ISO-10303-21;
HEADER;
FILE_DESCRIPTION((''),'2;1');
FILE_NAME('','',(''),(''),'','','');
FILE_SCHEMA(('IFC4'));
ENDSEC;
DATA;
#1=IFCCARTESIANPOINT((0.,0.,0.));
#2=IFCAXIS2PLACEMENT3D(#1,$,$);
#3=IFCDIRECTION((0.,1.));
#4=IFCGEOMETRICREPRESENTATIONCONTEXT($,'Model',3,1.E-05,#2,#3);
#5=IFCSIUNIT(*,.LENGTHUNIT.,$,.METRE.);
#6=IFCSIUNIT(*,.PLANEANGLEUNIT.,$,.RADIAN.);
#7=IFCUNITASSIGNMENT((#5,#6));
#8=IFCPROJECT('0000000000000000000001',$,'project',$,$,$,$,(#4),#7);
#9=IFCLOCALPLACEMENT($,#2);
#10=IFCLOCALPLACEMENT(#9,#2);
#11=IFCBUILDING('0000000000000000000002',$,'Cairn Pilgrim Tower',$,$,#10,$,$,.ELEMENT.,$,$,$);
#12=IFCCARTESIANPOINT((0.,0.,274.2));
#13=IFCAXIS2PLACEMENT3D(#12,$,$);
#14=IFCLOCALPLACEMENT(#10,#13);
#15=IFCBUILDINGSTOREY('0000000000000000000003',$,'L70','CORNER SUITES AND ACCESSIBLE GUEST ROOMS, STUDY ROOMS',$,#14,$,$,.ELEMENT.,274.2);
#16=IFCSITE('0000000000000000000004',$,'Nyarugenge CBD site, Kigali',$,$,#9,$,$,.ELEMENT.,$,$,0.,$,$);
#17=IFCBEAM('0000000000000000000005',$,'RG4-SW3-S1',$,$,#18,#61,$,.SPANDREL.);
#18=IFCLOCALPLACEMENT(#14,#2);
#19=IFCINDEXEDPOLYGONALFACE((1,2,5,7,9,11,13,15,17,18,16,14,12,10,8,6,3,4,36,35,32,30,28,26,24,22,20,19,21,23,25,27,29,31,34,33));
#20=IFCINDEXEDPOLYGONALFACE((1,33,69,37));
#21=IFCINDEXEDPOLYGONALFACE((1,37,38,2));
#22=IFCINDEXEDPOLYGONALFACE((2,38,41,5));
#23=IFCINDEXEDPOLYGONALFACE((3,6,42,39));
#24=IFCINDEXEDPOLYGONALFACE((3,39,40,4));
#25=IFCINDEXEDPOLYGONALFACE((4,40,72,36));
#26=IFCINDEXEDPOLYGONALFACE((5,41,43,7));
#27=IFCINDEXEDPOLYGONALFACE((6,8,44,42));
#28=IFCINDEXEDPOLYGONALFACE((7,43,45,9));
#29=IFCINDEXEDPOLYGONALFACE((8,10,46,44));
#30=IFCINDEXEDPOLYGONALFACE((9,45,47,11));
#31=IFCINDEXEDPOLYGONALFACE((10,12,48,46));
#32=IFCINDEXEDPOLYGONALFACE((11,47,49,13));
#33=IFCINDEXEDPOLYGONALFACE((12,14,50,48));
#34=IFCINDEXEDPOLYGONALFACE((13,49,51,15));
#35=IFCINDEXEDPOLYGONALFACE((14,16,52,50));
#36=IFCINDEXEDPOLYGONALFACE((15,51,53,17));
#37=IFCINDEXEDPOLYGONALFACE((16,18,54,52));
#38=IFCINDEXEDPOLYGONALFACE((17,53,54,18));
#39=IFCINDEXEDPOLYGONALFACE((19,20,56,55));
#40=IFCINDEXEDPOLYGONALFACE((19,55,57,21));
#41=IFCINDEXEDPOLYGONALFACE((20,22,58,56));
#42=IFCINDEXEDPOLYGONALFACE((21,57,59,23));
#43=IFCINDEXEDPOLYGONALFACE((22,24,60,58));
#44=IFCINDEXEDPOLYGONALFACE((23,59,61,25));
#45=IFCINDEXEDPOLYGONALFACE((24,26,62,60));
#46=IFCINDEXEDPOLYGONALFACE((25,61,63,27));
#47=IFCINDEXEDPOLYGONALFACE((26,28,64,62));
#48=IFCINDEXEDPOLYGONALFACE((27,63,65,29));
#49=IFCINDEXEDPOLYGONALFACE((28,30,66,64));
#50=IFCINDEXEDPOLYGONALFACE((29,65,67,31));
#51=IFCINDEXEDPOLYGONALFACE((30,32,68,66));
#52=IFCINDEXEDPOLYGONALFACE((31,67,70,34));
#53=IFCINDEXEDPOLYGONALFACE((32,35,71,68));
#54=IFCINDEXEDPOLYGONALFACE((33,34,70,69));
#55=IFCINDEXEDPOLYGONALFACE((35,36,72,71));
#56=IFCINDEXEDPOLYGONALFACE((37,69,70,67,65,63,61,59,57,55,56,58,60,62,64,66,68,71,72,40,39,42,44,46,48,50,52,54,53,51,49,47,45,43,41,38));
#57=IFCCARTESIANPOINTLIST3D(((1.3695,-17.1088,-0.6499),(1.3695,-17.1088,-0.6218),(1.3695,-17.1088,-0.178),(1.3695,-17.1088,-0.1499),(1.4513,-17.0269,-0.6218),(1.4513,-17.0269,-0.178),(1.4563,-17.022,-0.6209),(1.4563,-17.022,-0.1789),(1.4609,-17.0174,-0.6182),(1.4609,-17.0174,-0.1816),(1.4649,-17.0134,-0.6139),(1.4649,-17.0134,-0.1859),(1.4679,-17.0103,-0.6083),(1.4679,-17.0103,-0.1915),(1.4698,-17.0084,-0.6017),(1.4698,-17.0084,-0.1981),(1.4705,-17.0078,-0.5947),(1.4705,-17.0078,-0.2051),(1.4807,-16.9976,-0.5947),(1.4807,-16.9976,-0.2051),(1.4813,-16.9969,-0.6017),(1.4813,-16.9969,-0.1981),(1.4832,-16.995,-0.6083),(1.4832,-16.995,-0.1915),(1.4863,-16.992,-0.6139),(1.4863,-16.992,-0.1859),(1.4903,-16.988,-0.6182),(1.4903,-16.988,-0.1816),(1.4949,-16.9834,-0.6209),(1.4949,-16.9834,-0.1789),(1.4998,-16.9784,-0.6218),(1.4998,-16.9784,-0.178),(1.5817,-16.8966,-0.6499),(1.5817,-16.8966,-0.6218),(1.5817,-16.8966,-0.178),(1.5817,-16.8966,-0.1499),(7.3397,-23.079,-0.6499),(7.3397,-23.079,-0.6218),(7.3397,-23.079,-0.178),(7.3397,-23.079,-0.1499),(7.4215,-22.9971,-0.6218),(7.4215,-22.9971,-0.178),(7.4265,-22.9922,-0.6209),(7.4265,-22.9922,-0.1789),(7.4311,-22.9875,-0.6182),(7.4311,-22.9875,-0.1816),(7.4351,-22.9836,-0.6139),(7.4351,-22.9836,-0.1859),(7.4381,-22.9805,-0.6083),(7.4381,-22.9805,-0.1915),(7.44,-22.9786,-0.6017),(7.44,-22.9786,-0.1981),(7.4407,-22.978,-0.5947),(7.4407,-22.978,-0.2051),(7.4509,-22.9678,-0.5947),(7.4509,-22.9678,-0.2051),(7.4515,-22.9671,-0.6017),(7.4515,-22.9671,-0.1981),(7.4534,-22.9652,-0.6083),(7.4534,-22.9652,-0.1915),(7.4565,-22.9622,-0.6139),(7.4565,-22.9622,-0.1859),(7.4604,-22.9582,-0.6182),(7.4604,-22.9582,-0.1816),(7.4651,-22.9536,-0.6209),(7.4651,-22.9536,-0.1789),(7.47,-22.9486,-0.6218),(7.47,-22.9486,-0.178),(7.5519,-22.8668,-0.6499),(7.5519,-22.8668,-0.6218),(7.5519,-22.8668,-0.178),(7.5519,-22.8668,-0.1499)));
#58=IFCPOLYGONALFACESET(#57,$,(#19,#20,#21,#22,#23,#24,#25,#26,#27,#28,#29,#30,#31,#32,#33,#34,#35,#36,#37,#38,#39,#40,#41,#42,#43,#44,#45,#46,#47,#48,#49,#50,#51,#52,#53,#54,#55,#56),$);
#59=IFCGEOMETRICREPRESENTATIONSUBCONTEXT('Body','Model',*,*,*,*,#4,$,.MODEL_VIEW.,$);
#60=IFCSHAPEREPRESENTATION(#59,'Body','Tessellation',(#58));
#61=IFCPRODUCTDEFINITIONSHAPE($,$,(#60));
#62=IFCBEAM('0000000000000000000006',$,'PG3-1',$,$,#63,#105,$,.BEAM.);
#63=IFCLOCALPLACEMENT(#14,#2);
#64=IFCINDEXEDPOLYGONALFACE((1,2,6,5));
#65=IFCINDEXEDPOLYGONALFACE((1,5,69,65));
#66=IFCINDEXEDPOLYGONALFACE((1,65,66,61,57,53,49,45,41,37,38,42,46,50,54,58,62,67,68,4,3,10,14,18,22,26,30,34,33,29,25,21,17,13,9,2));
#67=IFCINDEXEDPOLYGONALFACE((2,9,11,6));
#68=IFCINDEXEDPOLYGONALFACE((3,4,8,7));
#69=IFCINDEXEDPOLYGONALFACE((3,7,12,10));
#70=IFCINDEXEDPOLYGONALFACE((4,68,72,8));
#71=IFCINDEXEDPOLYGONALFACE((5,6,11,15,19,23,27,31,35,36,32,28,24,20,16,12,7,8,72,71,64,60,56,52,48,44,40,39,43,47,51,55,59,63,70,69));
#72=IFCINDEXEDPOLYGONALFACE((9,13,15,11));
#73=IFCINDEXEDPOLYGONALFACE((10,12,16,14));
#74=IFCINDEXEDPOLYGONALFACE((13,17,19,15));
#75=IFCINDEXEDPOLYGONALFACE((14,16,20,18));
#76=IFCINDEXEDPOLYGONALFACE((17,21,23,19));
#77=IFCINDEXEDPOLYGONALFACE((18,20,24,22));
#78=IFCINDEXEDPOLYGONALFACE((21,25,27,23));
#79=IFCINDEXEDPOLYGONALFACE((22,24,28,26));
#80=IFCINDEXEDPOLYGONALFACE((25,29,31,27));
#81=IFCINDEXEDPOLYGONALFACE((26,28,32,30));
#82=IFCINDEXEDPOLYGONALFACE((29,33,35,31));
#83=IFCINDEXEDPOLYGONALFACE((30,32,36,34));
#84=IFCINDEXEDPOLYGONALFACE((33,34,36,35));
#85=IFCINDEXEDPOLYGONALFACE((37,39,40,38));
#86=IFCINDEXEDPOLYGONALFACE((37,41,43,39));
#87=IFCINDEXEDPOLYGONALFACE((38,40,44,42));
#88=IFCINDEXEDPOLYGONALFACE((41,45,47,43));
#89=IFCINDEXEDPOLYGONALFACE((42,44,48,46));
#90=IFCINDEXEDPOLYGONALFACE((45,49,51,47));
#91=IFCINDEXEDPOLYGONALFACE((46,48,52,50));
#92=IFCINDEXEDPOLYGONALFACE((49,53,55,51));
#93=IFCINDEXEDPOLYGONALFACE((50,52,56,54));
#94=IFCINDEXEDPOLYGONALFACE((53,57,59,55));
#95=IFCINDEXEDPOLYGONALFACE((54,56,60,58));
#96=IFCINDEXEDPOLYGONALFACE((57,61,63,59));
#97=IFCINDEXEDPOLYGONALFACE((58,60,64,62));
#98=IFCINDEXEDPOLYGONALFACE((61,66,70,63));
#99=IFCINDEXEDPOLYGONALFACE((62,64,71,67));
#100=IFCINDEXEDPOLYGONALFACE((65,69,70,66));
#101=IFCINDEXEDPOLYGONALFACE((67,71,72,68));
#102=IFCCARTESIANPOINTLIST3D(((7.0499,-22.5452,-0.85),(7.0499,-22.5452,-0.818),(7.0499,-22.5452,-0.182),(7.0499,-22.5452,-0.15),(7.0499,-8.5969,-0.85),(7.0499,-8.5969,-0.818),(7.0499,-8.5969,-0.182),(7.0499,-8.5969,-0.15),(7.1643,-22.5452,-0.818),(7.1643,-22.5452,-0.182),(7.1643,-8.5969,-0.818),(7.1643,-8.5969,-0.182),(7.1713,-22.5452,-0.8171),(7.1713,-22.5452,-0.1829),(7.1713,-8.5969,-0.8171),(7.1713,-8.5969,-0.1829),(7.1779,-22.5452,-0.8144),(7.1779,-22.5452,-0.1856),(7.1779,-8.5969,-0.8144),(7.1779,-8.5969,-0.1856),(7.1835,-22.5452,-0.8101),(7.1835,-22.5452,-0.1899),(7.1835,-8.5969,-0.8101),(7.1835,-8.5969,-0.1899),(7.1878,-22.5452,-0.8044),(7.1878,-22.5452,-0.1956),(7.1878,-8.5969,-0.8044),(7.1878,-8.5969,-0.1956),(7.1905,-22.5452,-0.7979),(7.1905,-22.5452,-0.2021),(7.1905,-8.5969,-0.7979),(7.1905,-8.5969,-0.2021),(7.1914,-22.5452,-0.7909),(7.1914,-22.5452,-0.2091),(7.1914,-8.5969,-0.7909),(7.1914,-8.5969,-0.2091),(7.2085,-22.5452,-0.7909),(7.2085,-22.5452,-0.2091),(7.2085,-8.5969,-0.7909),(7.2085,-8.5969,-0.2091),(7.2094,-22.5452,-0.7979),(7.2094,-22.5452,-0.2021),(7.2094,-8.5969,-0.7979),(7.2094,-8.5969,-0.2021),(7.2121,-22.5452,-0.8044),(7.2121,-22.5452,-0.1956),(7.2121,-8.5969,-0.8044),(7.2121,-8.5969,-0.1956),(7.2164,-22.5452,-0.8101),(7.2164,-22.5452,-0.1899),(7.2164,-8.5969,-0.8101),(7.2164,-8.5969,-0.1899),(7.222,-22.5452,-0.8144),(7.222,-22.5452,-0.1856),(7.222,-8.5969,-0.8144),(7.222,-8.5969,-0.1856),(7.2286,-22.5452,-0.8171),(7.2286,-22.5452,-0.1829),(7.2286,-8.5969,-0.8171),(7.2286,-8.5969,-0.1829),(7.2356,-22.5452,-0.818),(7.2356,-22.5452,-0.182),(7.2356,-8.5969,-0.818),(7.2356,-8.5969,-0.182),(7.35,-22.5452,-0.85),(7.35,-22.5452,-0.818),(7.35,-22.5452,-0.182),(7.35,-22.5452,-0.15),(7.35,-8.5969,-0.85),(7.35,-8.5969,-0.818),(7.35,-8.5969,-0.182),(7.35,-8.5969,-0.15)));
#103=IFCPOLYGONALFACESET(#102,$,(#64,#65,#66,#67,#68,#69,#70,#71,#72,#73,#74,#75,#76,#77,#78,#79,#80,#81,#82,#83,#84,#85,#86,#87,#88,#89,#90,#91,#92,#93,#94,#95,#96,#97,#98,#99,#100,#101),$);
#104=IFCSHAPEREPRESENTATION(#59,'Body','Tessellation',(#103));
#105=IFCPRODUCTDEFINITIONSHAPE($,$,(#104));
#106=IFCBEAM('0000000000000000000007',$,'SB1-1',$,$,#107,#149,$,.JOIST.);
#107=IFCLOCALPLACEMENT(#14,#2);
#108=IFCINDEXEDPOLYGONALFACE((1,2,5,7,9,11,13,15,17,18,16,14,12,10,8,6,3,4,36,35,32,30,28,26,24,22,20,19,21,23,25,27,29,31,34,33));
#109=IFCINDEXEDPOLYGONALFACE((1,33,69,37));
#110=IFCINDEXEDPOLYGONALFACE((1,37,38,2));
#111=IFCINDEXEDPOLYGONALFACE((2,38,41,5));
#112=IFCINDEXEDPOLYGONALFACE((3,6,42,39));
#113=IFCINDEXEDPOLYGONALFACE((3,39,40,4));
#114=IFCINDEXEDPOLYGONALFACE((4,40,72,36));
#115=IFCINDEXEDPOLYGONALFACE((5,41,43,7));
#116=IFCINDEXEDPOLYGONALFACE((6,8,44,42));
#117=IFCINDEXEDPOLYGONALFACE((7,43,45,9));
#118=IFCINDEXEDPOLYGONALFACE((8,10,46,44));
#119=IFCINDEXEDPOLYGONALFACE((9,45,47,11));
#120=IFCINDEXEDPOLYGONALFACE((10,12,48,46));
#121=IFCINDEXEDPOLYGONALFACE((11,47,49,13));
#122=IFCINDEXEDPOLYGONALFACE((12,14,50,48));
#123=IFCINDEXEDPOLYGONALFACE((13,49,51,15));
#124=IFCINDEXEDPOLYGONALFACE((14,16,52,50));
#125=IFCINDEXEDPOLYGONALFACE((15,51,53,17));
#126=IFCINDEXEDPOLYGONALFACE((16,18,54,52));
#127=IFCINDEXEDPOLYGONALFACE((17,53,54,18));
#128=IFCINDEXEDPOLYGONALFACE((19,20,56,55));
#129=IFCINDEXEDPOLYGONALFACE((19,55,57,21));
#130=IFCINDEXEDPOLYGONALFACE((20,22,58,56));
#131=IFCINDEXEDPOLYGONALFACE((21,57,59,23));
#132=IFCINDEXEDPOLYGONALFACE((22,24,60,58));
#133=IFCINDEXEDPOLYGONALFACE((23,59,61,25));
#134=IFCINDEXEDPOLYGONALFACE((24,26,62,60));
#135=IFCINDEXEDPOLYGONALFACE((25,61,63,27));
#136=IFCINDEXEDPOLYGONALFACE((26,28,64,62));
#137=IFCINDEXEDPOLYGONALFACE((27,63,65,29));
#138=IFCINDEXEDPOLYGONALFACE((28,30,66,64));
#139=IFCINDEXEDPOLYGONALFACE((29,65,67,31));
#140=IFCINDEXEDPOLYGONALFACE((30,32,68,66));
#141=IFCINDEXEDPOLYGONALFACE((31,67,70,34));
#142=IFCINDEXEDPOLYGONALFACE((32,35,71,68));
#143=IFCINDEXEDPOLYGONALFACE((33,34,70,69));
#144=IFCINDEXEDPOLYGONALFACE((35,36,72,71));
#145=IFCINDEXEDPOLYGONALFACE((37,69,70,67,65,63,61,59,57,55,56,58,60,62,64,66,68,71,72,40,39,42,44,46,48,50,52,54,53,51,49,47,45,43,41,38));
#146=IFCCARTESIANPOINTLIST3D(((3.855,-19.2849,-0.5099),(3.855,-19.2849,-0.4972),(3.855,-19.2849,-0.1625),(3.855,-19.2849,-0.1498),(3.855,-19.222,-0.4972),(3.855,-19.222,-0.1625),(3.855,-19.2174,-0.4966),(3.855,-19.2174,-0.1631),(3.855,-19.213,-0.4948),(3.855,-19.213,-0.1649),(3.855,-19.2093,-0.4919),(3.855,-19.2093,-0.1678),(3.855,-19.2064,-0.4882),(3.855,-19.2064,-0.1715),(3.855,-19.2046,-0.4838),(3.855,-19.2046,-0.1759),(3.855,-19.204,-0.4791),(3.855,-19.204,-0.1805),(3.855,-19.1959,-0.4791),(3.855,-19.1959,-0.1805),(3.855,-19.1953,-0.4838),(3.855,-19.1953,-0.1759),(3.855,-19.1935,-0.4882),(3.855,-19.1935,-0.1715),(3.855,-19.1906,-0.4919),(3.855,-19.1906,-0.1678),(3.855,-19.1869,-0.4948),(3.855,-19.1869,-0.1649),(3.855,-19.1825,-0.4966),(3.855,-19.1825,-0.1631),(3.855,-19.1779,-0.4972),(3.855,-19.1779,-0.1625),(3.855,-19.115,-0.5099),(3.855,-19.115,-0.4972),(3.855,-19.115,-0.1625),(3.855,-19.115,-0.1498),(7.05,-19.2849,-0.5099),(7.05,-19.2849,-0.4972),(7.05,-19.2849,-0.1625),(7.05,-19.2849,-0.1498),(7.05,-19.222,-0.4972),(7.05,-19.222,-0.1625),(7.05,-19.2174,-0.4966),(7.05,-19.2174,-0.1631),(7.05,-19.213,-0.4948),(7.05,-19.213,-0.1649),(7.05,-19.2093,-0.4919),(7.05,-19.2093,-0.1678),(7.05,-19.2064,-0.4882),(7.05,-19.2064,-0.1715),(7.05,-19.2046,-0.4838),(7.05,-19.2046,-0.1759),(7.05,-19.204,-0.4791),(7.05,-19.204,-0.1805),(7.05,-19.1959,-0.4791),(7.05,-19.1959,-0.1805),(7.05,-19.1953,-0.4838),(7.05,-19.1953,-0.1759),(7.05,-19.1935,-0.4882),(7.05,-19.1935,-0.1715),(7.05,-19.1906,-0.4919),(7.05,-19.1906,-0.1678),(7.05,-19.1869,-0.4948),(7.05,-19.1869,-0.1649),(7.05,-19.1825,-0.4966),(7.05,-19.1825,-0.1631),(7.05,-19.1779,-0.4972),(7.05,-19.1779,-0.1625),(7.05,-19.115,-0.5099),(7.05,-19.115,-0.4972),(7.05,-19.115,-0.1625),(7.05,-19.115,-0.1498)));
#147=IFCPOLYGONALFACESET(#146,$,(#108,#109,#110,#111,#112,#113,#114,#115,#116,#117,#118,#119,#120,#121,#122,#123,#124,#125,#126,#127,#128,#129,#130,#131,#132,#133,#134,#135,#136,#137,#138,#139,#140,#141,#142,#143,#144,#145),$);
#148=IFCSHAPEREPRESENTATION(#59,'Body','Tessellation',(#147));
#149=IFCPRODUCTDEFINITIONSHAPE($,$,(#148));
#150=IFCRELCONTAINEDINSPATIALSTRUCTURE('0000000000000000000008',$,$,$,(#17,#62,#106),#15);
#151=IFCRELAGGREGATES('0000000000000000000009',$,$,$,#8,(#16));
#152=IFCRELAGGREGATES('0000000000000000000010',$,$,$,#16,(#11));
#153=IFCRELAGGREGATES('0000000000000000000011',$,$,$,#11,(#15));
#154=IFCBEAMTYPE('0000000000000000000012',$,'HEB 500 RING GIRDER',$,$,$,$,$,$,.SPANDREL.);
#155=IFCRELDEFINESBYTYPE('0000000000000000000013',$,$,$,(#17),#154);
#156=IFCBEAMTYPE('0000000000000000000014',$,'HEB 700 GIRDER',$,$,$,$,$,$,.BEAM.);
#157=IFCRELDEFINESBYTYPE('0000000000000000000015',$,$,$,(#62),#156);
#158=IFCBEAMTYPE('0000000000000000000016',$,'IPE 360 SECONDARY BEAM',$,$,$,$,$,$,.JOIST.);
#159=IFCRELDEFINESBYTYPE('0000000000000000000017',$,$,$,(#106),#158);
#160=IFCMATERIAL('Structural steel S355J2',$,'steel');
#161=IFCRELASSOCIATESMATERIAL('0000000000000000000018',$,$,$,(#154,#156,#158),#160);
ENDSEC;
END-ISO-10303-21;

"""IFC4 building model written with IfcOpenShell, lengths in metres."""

from ifc_helpers import new_model, si_unit, direction, frame, origin, origin_2d, place, context, subcontext, project, spatial, i_section, extrude, material, material_profile, profile_set, type_object, element, save


model = new_model("IFC4")

# Units and contexts
model_context = context("Model", 3, precision=1e-05, world=origin(), true_north=direction((0.0, 1.0)))
body_context = subcontext(model_context, "Body", "Model", "MODEL_VIEW")
ifc_project = project(units=[si_unit("LENGTHUNIT", "METRE"), si_unit("PLANEANGLEUNIT", "RADIAN")], contexts=[model_context])

# Site, building, storey
site_placement = place(None, origin())
site = spatial("IfcSite", under=ifc_project, at=site_placement, Name="Nyarugenge CBD site, Kigali", CompositionType="ELEMENT", RefElevation=0.0)
building_placement = place(site_placement, origin())
building = spatial("IfcBuilding", under=site, at=building_placement, Name="Cairn Pilgrim Tower", CompositionType="ELEMENT")
storey_placement = place(building_placement, frame((0.0, 0.0, 274.2)))
storey = spatial("IfcBuildingStorey", under=building, at=storey_placement, Name="L70", Description="CORNER SUITES AND ACCESSIBLE GUEST ROOMS, STUDY ROOMS", CompositionType="ELEMENT", Elevation=274.2)

# Shared definitions
ifc_material_1 = material(Name="Structural steel S355J2", Category="steel")

# Beams
ifc_material_profile_1 = material_profile(ifc_material_1, i_section(OverallWidth=0.3, OverallDepth=0.5, WebThickness=0.0144, FlangeThickness=0.0281, FilletRadius=0.0271, at=origin_2d()), Name="HEB 500")
ifc_profile_set_1 = profile_set([ifc_material_profile_1], Name="Structural steel S355J2")
beam_type_1 = type_object("IfcBeamType", Name="HEB 500 RING GIRDER", PredefinedType="SPANDREL", material=ifc_profile_set_1)
beam_1_placement = place(storey_placement, frame((1.4756, -17.0027, -0.3999), z_axis=(0.707107, -0.707107, 0.0), x_axis=(0.707107, 0.707107, 0.0)))
element("IfcBeam", 1, at=beam_1_placement, inside=storey, type_object=beam_type_1, Name="RG4-SW3-S1", PredefinedType="SPANDREL", context=body_context, shape_type="SweptSolid", body=[
    extrude(i_section(OverallWidth=0.3, OverallDepth=0.5, WebThickness=0.0144, FlangeThickness=0.0281, FilletRadius=0.0271, at=origin_2d()), origin(), (0.0, 0.0, 1.0), 8.4431),
])
ifc_material_profile_2 = material_profile(ifc_material_1, i_section(OverallWidth=0.3, OverallDepth=0.7, WebThickness=0.0171, FlangeThickness=0.032, FilletRadius=0.0271, at=origin_2d()), Name="HEB 700")
ifc_profile_set_2 = profile_set([ifc_material_profile_2], Name="Structural steel S355J2")
beam_type_2 = type_object("IfcBeamType", Name="HEB 700 GIRDER", PredefinedType="BEAM", material=ifc_profile_set_2)
beam_2_placement = place(storey_placement, frame((7.2, -22.5452, -0.5), z_axis=(0.0, 1.0, 0.0), x_axis=(-1.0, 0.0, 0.0)))
element("IfcBeam", 2, at=beam_2_placement, inside=storey, type_object=beam_type_2, Name="PG3-1", PredefinedType="BEAM", context=body_context, shape_type="SweptSolid", body=[
    extrude(i_section(OverallWidth=0.3, OverallDepth=0.7, WebThickness=0.0171, FlangeThickness=0.032, FilletRadius=0.0271, at=origin_2d()), origin(), (0.0, 0.0, 1.0), 13.9482),
])
ifc_material_profile_3 = material_profile(ifc_material_1, i_section(OverallWidth=0.1699, OverallDepth=0.3601, WebThickness=0.0081, FlangeThickness=0.0127, FilletRadius=0.0181, at=origin_2d()), Name="IPE 360")
ifc_profile_set_3 = profile_set([ifc_material_profile_3], Name="Structural steel S355J2")
beam_type_3 = type_object("IfcBeamType", Name="IPE 360 SECONDARY BEAM", PredefinedType="JOIST", material=ifc_profile_set_3)
beam_3_placement = place(storey_placement, frame((3.855, -19.2, -0.3298), z_axis=(1.0, 0.0, 0.0), x_axis=(0.0, 1.0, 0.0)))
element("IfcBeam", 3, at=beam_3_placement, inside=storey, type_object=beam_type_3, Name="SB1-1", PredefinedType="JOIST", context=body_context, shape_type="SweptSolid", body=[
    extrude(i_section(OverallWidth=0.1699, OverallDepth=0.3601, WebThickness=0.0081, FlangeThickness=0.0127, FilletRadius=0.0181, at=origin_2d()), origin(), (0.0, 0.0, 1.0), 3.1951),
])

save(model, "model.ifc")
